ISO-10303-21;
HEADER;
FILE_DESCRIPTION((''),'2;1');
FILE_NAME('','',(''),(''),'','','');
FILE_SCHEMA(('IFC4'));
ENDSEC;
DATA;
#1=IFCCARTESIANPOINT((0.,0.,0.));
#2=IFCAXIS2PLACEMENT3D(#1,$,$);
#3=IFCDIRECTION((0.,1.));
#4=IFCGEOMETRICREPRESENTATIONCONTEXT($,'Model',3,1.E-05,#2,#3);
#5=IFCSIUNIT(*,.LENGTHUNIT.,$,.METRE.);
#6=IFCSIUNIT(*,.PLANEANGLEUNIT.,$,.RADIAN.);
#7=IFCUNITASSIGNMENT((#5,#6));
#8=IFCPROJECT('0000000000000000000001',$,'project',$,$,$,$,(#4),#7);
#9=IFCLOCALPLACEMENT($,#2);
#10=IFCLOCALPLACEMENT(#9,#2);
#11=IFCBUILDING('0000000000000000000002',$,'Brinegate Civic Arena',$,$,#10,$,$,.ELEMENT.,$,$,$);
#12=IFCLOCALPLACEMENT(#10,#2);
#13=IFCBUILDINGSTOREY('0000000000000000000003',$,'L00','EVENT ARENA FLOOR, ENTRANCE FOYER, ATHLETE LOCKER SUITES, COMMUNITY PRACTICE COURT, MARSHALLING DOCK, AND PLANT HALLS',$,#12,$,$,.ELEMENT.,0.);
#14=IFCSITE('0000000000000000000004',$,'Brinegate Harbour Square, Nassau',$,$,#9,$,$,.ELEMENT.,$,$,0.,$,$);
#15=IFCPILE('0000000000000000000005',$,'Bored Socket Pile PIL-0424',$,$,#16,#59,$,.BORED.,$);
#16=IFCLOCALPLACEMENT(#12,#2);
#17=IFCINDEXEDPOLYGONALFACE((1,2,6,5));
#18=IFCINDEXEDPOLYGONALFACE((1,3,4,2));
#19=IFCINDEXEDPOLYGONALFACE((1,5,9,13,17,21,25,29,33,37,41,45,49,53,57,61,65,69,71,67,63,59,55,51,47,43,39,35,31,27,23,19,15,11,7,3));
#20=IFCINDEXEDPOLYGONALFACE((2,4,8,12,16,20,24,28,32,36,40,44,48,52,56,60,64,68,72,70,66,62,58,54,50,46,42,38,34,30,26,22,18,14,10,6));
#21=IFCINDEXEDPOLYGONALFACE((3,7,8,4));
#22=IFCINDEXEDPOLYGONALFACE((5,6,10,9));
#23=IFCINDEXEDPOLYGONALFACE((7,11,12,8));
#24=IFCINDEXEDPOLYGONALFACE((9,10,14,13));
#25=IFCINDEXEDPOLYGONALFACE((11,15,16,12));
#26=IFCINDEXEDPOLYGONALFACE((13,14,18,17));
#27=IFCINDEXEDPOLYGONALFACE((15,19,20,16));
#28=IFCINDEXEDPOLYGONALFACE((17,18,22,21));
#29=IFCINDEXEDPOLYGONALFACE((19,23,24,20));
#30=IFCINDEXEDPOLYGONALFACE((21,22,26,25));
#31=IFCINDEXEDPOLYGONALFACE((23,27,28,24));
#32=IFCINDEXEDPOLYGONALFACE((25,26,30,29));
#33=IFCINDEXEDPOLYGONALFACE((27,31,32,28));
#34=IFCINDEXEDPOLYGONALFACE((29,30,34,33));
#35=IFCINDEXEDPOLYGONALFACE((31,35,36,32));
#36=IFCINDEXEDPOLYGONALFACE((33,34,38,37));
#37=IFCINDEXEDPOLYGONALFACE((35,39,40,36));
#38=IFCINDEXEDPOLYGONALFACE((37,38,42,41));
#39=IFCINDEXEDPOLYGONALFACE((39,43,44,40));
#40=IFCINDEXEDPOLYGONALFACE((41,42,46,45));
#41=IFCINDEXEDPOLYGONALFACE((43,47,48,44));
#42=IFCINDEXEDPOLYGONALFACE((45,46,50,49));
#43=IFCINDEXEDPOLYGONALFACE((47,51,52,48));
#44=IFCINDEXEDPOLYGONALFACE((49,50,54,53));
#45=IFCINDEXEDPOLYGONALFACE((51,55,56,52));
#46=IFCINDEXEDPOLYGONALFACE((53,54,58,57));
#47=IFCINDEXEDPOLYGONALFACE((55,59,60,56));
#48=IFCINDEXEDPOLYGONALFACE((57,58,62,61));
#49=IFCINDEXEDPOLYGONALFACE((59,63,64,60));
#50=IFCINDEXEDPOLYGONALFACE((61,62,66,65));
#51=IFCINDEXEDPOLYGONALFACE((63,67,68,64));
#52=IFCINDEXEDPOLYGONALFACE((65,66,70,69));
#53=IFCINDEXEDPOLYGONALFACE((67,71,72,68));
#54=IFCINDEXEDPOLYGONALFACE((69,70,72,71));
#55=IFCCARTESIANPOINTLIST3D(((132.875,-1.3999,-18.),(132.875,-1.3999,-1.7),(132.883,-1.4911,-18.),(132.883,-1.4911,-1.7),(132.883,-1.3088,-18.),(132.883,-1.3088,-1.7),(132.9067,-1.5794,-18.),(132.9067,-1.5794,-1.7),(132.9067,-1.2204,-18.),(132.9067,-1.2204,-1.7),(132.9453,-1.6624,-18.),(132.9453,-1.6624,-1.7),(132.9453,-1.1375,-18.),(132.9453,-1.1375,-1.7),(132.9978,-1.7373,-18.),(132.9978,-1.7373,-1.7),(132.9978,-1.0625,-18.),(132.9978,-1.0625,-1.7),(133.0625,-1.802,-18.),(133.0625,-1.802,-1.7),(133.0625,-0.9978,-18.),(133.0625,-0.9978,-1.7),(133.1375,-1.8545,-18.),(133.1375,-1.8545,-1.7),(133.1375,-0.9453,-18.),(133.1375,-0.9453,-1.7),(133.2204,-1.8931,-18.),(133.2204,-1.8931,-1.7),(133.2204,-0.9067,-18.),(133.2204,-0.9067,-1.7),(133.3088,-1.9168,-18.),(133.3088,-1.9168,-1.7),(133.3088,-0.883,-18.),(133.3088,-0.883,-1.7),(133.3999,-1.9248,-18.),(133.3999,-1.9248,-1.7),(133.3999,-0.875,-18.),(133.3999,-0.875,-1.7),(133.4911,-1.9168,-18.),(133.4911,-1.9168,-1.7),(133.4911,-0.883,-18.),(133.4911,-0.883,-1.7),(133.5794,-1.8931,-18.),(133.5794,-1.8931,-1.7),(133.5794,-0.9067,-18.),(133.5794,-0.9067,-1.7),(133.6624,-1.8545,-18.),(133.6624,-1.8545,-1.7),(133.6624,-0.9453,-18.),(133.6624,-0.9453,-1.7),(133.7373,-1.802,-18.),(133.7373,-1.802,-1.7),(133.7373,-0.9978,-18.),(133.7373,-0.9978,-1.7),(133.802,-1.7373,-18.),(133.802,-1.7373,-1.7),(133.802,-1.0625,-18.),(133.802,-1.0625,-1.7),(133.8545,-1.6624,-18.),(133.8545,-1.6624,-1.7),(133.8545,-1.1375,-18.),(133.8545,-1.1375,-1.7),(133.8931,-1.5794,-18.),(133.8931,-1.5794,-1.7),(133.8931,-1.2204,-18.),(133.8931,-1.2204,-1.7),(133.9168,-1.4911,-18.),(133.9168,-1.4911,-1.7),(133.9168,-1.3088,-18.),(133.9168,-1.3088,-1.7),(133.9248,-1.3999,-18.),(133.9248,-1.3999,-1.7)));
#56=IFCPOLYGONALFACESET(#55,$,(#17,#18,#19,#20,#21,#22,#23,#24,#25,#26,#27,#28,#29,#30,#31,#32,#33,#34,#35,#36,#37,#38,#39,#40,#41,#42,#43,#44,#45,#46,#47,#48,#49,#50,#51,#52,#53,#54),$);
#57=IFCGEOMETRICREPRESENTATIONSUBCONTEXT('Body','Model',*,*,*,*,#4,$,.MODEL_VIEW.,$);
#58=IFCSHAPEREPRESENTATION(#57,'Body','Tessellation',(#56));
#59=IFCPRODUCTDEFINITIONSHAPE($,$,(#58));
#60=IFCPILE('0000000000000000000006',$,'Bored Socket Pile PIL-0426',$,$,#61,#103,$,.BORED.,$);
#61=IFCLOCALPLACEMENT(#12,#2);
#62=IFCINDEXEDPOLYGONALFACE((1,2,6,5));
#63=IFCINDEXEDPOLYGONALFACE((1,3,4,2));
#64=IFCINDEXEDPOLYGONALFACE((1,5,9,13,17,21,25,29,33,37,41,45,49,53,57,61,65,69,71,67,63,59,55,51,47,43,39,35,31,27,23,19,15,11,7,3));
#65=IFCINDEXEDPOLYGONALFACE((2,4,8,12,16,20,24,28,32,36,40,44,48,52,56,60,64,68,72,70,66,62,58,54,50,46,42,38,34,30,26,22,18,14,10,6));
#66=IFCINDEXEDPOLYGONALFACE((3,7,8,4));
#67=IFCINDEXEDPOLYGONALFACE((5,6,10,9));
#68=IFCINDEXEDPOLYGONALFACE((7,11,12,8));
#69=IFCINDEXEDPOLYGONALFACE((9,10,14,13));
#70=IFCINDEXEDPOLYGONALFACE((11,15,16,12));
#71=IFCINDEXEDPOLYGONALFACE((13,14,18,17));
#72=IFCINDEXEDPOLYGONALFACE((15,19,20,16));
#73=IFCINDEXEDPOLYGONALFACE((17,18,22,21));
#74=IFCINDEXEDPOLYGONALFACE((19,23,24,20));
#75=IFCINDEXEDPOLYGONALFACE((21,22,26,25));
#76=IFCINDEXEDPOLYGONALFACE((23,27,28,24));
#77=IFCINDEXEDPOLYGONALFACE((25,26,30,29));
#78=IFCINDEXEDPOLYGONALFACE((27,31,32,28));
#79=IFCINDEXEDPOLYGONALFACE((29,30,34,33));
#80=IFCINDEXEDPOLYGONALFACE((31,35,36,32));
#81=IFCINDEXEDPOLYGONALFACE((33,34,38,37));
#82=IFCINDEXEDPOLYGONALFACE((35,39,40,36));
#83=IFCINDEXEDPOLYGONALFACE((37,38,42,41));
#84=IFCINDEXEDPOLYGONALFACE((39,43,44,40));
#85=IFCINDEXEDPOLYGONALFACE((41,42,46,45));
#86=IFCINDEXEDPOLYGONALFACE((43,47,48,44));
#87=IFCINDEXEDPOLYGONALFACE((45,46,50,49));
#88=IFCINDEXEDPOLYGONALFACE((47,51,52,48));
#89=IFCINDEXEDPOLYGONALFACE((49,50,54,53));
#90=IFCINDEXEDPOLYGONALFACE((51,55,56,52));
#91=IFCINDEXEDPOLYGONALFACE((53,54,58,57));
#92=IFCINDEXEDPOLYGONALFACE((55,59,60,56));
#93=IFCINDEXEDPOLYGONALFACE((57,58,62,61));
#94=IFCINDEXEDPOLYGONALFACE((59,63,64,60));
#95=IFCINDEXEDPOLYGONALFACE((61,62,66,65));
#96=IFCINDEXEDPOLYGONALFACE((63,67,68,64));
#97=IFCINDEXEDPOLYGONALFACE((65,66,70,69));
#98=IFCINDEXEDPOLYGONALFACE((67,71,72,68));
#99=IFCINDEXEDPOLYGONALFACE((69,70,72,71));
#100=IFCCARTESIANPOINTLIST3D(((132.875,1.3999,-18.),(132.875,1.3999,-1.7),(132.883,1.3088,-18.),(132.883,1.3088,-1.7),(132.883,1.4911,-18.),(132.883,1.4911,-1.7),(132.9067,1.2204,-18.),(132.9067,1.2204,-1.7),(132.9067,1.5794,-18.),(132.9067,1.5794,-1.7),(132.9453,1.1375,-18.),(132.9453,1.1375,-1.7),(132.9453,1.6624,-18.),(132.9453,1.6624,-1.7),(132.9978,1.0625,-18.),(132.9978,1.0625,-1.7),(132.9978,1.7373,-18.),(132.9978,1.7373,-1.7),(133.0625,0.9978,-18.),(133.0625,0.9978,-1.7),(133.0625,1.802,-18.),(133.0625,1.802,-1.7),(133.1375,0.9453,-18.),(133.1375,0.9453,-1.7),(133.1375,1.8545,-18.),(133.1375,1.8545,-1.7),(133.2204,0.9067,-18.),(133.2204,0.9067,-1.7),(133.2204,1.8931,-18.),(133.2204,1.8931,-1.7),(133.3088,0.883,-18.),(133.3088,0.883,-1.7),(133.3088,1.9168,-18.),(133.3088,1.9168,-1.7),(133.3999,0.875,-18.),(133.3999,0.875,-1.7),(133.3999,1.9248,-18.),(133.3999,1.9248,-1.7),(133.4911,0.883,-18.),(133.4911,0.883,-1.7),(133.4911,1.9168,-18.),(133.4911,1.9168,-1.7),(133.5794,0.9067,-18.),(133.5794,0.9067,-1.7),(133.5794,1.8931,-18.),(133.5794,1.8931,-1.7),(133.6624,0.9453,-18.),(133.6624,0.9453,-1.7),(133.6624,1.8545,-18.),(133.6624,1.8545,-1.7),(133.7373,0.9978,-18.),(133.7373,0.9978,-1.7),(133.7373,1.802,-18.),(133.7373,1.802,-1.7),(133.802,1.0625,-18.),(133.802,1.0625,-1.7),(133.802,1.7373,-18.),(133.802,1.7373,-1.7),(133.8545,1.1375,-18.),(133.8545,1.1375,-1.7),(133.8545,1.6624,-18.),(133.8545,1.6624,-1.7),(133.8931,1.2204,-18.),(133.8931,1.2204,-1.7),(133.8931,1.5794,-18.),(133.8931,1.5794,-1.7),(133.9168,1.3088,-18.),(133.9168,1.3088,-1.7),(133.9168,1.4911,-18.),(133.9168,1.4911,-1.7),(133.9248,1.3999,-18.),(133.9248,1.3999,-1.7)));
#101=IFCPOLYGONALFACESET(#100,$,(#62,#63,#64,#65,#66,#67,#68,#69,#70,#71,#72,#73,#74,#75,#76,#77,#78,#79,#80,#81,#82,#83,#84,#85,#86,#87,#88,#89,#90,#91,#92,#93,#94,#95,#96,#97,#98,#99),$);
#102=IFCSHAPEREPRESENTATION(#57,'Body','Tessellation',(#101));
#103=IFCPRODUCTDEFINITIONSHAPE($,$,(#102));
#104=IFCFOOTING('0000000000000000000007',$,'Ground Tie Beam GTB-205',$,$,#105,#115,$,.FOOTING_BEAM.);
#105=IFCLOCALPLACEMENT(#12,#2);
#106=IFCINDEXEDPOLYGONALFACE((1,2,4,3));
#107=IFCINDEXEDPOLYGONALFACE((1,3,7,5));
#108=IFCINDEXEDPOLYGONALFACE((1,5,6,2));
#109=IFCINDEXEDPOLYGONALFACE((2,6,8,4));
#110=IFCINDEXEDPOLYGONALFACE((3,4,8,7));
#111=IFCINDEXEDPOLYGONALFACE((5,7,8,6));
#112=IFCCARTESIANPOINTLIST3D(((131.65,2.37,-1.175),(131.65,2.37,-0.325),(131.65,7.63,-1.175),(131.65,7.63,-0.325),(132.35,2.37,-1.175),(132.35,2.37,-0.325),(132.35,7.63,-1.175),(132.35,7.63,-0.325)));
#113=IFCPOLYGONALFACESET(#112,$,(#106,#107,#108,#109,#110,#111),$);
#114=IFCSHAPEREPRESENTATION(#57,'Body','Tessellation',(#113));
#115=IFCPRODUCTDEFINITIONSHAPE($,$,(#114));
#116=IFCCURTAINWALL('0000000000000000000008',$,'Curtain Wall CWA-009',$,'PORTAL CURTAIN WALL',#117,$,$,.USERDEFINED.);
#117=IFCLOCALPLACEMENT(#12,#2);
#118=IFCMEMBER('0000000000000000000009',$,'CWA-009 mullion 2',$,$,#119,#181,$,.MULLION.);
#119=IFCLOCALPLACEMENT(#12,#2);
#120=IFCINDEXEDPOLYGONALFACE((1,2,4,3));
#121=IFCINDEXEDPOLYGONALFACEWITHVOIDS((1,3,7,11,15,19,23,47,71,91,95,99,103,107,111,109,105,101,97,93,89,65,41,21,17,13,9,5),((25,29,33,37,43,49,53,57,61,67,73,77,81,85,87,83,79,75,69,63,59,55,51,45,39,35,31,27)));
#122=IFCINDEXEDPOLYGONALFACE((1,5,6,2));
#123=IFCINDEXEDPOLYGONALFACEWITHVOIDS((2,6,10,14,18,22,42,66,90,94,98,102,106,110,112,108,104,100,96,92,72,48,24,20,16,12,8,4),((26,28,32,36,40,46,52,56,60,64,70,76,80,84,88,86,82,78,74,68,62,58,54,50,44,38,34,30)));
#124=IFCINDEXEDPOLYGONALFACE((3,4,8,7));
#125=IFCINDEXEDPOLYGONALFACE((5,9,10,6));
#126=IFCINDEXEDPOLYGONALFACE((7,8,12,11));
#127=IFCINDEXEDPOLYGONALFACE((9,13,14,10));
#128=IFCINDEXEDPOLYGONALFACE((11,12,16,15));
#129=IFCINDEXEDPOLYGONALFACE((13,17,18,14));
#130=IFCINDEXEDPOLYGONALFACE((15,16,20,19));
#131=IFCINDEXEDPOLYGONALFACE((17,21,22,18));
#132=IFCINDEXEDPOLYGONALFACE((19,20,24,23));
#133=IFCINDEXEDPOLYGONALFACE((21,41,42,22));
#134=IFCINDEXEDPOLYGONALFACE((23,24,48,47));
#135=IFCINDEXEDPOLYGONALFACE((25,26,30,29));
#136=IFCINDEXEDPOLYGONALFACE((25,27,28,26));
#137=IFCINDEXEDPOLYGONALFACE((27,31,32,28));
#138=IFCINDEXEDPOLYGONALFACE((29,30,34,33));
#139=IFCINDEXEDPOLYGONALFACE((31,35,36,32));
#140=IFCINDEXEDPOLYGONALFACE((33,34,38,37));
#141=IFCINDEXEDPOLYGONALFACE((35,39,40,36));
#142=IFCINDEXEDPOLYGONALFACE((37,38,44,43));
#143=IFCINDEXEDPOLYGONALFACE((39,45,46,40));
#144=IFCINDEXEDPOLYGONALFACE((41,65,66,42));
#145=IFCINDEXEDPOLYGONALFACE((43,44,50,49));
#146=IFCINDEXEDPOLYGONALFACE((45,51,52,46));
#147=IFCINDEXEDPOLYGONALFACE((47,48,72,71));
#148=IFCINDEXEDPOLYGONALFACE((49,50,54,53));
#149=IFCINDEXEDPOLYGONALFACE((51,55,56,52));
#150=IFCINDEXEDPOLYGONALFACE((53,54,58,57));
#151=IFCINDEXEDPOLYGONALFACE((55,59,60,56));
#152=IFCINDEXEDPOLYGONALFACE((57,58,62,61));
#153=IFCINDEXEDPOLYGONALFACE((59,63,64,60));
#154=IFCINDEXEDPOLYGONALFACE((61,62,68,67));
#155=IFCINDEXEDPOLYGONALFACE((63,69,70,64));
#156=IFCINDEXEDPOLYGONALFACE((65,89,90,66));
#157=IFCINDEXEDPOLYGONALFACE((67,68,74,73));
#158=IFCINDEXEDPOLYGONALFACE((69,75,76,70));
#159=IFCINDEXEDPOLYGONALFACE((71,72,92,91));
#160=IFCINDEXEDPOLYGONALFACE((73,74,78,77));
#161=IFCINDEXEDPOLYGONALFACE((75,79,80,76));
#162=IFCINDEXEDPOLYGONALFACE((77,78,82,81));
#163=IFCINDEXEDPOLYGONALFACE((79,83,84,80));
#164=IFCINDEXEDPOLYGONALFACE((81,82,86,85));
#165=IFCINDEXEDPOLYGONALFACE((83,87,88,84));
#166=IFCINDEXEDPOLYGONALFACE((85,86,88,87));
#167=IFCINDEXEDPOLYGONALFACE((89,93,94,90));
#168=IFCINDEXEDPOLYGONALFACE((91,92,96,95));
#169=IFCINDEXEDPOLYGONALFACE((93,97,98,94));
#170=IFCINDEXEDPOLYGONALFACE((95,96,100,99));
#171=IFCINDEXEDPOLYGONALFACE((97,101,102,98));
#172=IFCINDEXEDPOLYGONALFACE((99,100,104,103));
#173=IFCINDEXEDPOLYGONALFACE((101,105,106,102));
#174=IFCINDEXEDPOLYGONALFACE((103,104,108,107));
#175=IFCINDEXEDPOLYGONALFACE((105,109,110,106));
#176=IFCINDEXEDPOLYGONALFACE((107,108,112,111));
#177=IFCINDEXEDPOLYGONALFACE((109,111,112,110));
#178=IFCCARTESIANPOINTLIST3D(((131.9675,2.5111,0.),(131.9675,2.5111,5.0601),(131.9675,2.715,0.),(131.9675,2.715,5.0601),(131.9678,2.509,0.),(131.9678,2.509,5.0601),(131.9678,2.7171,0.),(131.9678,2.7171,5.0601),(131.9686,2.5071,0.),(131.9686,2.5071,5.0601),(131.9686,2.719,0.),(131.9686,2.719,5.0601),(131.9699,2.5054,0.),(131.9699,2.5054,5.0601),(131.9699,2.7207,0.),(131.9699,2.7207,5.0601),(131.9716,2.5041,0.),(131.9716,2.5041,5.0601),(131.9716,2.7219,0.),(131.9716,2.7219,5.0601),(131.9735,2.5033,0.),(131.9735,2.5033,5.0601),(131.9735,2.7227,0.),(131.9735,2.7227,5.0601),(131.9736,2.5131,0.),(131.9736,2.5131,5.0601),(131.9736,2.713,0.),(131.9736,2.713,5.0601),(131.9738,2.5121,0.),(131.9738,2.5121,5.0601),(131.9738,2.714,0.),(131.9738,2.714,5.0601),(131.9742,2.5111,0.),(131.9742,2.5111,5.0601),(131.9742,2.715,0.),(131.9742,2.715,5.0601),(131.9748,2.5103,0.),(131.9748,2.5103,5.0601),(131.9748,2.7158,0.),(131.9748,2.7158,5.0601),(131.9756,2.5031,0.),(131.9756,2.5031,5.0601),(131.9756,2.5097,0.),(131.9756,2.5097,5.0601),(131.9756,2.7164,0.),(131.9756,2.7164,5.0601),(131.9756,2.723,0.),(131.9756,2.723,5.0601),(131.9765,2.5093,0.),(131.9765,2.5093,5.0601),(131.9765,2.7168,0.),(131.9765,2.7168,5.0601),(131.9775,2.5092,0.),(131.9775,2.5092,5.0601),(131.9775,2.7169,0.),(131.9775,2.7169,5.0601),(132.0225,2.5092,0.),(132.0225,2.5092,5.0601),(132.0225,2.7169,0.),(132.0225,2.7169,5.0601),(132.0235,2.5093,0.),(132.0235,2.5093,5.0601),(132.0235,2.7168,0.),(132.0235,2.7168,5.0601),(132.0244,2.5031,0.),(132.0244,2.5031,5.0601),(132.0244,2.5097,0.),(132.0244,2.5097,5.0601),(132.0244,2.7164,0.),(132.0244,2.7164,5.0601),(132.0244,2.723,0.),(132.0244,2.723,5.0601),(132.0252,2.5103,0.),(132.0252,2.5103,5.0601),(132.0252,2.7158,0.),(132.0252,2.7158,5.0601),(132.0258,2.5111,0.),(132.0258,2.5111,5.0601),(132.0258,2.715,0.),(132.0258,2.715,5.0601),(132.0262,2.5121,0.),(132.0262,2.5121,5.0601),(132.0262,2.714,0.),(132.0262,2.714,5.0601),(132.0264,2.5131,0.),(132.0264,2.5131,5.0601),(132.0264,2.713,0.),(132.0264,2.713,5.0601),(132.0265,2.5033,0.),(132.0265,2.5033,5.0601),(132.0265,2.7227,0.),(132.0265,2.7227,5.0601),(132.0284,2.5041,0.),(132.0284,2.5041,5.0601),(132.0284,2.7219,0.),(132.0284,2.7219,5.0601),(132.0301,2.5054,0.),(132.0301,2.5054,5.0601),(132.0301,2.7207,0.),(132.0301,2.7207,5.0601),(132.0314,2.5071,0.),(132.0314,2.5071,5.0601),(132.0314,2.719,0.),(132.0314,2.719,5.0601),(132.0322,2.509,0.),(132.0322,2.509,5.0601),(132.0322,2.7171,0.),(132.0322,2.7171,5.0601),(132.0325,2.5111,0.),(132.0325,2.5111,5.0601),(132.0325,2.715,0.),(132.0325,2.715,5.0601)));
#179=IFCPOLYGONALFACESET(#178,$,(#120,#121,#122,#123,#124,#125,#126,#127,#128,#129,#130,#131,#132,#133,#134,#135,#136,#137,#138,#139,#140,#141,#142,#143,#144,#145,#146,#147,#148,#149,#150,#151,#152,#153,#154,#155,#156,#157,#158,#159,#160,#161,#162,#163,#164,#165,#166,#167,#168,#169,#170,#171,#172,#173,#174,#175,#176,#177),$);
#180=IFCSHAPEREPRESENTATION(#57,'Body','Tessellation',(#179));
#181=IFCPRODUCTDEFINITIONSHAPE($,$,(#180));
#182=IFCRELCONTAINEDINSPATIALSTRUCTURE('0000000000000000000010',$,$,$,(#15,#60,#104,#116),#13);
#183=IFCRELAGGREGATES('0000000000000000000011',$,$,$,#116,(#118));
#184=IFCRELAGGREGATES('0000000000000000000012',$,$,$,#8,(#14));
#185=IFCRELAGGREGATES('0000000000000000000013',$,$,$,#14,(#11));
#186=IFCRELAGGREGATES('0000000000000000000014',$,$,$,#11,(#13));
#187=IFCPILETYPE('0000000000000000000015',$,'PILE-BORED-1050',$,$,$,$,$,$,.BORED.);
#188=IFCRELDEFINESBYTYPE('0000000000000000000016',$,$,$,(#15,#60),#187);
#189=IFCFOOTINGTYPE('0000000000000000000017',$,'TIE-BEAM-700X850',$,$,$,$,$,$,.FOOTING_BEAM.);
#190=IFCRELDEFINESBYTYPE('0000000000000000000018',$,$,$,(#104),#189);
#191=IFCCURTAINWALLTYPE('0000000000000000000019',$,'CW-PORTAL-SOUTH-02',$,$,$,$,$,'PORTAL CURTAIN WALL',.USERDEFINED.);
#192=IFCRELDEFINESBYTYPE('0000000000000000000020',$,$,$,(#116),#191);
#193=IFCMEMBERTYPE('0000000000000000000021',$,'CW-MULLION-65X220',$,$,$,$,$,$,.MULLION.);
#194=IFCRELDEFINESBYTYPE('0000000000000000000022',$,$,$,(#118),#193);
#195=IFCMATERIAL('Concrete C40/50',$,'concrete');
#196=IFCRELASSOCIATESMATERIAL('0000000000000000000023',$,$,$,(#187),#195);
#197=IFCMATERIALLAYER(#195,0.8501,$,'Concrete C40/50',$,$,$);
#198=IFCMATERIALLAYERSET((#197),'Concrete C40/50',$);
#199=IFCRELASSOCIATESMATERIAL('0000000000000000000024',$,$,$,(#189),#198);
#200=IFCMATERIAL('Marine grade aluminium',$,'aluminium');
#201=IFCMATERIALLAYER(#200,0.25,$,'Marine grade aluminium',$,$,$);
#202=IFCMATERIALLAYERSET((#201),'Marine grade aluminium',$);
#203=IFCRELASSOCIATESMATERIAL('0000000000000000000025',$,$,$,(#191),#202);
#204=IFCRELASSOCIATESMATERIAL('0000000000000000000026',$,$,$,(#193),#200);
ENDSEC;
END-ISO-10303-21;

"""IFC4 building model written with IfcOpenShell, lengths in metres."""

from ifc_helpers import new_model, si_unit, direction, frame, origin, origin_2d, place, context, subcontext, project, spatial, rectangle, hollow_rectangle, circle, extrude, material, layer, layer_set, material_profile, profile_set, type_object, element, aggregate, save


model = new_model("IFC4")

# Units and contexts
model_context = context("Model", 3, precision=1e-05, world=origin(), true_north=direction((0.0, 1.0)))
body_context = subcontext(model_context, "Body", "Model", "MODEL_VIEW")
ifc_project = project(units=[si_unit("LENGTHUNIT", "METRE"), si_unit("PLANEANGLEUNIT", "RADIAN")], contexts=[model_context])

# Site, building, storey
site_placement = place(None, origin())
site = spatial("IfcSite", under=ifc_project, at=site_placement, Name="Brinegate Harbour Square, Nassau", CompositionType="ELEMENT", RefElevation=0.0)
building_placement = place(site_placement, origin())
building = spatial("IfcBuilding", under=site, at=building_placement, Name="Brinegate Civic Arena", CompositionType="ELEMENT")
storey_placement = place(building_placement, origin())
storey = spatial("IfcBuildingStorey", under=building, at=storey_placement, Name="L00", Description="EVENT ARENA FLOOR, ENTRANCE FOYER, ATHLETE LOCKER SUITES, COMMUNITY PRACTICE COURT, MARSHALLING DOCK, AND PLANT HALLS", CompositionType="ELEMENT", Elevation=0.0)

# Piles
ifc_material_1 = material(Name="Concrete C40/50", Category="concrete")
ifc_material_profile_1 = material_profile(ifc_material_1, circle(Radius=0.5249, at=origin_2d()), Name="PILED1050")
ifc_profile_set_1 = profile_set([ifc_material_profile_1], Name="Concrete C40/50")
pile_type = type_object("IfcPileType", Name="PILE-BORED-1050", PredefinedType="BORED", material=ifc_profile_set_1)
for number, where, z_axis, x_axis, name in (
    (1, (133.3999, -1.3999, -1.7), (0.0, 0.0, -1.0), (1.0, 0.0, 0.0), "Bored Socket Pile PIL-0424"),
    (2, (133.3999, 1.3999, -1.7), (0.0, 0.0, -1.0), (1.0, 0.0, 0.0), "Bored Socket Pile PIL-0426"),
):
    element("IfcPile", number, at=place(storey_placement, frame(where, z_axis=z_axis, x_axis=x_axis)), inside=storey, type_object=pile_type, Name=name, PredefinedType="BORED", context=body_context, shape_type="SweptSolid", body=[
        extrude(circle(Radius=0.5249, at=origin_2d()), origin(), (0.0, 0.0, 1.0), 16.3),
    ])

# Footing
ifc_layer_1 = layer(ifc_material_1, 0.8501, Name="Concrete C40/50")
ifc_layer_set_1 = layer_set([ifc_layer_1], Name="Concrete C40/50")
footing_type = type_object("IfcFootingType", Name="TIE-BEAM-700X850", PredefinedType="FOOTING_BEAM", material=ifc_layer_set_1)
footing_placement = place(storey_placement, frame((132.0, 5.0, -1.175), z_axis=(0.0, 0.0, 1.0), x_axis=(0.0, 1.0, 0.0)))
element("IfcFooting", 3, at=footing_placement, inside=storey, type_object=footing_type, Name="Ground Tie Beam GTB-205", PredefinedType="FOOTING_BEAM", context=body_context, shape_type="SweptSolid", body=[
    extrude(rectangle(XDim=5.26, YDim=0.7, at=origin_2d()), origin(), (0.0, 0.0, 1.0), 0.8501),
])

# Curtain wall, member
ifc_material_2 = material(Name="Marine grade aluminium", Category="aluminium")
ifc_layer_2 = layer(ifc_material_2, 0.25, Name="Marine grade aluminium")
ifc_layer_set_2 = layer_set([ifc_layer_2], Name="Marine grade aluminium")
curtain_wall_type = type_object("IfcCurtainWallType", Name="CW-PORTAL-SOUTH-02", ElementType="PORTAL CURTAIN WALL", PredefinedType="USERDEFINED", material=ifc_layer_set_2)
curtain_wall_placement = place(storey_placement, origin())
curtain_wall = element("IfcCurtainWall", 4, at=curtain_wall_placement, inside=storey, type_object=curtain_wall_type, Name="Curtain Wall CWA-009", ObjectType="PORTAL CURTAIN WALL", PredefinedType="USERDEFINED")
ifc_material_profile_2 = material_profile(ifc_material_2, hollow_rectangle(XDim=0.0649, YDim=0.22, WallThickness=0.0061, InnerFilletRadius=0.0039, OuterFilletRadius=0.0081, at=origin_2d()), Name="MUL65X220")
ifc_profile_set_2 = profile_set([ifc_material_profile_2], Name="Marine grade aluminium")
member_type_1 = type_object("IfcMemberType", Name="CW-MULLION-65X220", PredefinedType="MULLION", material=ifc_profile_set_2)
member_1_placement = place(storey_placement, frame((132.0, 2.613, 0.0), z_axis=(0.0, 0.0, 1.0), x_axis=(-1.0, 0.0, 0.0)))
member_1 = element("IfcMember", 5, at=member_1_placement, type_object=member_type_1, Name="CWA-009 mullion 2", PredefinedType="MULLION", context=body_context, shape_type="SweptSolid", body=[
    extrude(hollow_rectangle(XDim=0.0649, YDim=0.22, WallThickness=0.0061, InnerFilletRadius=0.0039, OuterFilletRadius=0.0081, at=origin_2d()), origin(), (0.0, 0.0, 1.0), 5.0601),
])
aggregate(curtain_wall, [member_1])

save(model, "model.ifc")
